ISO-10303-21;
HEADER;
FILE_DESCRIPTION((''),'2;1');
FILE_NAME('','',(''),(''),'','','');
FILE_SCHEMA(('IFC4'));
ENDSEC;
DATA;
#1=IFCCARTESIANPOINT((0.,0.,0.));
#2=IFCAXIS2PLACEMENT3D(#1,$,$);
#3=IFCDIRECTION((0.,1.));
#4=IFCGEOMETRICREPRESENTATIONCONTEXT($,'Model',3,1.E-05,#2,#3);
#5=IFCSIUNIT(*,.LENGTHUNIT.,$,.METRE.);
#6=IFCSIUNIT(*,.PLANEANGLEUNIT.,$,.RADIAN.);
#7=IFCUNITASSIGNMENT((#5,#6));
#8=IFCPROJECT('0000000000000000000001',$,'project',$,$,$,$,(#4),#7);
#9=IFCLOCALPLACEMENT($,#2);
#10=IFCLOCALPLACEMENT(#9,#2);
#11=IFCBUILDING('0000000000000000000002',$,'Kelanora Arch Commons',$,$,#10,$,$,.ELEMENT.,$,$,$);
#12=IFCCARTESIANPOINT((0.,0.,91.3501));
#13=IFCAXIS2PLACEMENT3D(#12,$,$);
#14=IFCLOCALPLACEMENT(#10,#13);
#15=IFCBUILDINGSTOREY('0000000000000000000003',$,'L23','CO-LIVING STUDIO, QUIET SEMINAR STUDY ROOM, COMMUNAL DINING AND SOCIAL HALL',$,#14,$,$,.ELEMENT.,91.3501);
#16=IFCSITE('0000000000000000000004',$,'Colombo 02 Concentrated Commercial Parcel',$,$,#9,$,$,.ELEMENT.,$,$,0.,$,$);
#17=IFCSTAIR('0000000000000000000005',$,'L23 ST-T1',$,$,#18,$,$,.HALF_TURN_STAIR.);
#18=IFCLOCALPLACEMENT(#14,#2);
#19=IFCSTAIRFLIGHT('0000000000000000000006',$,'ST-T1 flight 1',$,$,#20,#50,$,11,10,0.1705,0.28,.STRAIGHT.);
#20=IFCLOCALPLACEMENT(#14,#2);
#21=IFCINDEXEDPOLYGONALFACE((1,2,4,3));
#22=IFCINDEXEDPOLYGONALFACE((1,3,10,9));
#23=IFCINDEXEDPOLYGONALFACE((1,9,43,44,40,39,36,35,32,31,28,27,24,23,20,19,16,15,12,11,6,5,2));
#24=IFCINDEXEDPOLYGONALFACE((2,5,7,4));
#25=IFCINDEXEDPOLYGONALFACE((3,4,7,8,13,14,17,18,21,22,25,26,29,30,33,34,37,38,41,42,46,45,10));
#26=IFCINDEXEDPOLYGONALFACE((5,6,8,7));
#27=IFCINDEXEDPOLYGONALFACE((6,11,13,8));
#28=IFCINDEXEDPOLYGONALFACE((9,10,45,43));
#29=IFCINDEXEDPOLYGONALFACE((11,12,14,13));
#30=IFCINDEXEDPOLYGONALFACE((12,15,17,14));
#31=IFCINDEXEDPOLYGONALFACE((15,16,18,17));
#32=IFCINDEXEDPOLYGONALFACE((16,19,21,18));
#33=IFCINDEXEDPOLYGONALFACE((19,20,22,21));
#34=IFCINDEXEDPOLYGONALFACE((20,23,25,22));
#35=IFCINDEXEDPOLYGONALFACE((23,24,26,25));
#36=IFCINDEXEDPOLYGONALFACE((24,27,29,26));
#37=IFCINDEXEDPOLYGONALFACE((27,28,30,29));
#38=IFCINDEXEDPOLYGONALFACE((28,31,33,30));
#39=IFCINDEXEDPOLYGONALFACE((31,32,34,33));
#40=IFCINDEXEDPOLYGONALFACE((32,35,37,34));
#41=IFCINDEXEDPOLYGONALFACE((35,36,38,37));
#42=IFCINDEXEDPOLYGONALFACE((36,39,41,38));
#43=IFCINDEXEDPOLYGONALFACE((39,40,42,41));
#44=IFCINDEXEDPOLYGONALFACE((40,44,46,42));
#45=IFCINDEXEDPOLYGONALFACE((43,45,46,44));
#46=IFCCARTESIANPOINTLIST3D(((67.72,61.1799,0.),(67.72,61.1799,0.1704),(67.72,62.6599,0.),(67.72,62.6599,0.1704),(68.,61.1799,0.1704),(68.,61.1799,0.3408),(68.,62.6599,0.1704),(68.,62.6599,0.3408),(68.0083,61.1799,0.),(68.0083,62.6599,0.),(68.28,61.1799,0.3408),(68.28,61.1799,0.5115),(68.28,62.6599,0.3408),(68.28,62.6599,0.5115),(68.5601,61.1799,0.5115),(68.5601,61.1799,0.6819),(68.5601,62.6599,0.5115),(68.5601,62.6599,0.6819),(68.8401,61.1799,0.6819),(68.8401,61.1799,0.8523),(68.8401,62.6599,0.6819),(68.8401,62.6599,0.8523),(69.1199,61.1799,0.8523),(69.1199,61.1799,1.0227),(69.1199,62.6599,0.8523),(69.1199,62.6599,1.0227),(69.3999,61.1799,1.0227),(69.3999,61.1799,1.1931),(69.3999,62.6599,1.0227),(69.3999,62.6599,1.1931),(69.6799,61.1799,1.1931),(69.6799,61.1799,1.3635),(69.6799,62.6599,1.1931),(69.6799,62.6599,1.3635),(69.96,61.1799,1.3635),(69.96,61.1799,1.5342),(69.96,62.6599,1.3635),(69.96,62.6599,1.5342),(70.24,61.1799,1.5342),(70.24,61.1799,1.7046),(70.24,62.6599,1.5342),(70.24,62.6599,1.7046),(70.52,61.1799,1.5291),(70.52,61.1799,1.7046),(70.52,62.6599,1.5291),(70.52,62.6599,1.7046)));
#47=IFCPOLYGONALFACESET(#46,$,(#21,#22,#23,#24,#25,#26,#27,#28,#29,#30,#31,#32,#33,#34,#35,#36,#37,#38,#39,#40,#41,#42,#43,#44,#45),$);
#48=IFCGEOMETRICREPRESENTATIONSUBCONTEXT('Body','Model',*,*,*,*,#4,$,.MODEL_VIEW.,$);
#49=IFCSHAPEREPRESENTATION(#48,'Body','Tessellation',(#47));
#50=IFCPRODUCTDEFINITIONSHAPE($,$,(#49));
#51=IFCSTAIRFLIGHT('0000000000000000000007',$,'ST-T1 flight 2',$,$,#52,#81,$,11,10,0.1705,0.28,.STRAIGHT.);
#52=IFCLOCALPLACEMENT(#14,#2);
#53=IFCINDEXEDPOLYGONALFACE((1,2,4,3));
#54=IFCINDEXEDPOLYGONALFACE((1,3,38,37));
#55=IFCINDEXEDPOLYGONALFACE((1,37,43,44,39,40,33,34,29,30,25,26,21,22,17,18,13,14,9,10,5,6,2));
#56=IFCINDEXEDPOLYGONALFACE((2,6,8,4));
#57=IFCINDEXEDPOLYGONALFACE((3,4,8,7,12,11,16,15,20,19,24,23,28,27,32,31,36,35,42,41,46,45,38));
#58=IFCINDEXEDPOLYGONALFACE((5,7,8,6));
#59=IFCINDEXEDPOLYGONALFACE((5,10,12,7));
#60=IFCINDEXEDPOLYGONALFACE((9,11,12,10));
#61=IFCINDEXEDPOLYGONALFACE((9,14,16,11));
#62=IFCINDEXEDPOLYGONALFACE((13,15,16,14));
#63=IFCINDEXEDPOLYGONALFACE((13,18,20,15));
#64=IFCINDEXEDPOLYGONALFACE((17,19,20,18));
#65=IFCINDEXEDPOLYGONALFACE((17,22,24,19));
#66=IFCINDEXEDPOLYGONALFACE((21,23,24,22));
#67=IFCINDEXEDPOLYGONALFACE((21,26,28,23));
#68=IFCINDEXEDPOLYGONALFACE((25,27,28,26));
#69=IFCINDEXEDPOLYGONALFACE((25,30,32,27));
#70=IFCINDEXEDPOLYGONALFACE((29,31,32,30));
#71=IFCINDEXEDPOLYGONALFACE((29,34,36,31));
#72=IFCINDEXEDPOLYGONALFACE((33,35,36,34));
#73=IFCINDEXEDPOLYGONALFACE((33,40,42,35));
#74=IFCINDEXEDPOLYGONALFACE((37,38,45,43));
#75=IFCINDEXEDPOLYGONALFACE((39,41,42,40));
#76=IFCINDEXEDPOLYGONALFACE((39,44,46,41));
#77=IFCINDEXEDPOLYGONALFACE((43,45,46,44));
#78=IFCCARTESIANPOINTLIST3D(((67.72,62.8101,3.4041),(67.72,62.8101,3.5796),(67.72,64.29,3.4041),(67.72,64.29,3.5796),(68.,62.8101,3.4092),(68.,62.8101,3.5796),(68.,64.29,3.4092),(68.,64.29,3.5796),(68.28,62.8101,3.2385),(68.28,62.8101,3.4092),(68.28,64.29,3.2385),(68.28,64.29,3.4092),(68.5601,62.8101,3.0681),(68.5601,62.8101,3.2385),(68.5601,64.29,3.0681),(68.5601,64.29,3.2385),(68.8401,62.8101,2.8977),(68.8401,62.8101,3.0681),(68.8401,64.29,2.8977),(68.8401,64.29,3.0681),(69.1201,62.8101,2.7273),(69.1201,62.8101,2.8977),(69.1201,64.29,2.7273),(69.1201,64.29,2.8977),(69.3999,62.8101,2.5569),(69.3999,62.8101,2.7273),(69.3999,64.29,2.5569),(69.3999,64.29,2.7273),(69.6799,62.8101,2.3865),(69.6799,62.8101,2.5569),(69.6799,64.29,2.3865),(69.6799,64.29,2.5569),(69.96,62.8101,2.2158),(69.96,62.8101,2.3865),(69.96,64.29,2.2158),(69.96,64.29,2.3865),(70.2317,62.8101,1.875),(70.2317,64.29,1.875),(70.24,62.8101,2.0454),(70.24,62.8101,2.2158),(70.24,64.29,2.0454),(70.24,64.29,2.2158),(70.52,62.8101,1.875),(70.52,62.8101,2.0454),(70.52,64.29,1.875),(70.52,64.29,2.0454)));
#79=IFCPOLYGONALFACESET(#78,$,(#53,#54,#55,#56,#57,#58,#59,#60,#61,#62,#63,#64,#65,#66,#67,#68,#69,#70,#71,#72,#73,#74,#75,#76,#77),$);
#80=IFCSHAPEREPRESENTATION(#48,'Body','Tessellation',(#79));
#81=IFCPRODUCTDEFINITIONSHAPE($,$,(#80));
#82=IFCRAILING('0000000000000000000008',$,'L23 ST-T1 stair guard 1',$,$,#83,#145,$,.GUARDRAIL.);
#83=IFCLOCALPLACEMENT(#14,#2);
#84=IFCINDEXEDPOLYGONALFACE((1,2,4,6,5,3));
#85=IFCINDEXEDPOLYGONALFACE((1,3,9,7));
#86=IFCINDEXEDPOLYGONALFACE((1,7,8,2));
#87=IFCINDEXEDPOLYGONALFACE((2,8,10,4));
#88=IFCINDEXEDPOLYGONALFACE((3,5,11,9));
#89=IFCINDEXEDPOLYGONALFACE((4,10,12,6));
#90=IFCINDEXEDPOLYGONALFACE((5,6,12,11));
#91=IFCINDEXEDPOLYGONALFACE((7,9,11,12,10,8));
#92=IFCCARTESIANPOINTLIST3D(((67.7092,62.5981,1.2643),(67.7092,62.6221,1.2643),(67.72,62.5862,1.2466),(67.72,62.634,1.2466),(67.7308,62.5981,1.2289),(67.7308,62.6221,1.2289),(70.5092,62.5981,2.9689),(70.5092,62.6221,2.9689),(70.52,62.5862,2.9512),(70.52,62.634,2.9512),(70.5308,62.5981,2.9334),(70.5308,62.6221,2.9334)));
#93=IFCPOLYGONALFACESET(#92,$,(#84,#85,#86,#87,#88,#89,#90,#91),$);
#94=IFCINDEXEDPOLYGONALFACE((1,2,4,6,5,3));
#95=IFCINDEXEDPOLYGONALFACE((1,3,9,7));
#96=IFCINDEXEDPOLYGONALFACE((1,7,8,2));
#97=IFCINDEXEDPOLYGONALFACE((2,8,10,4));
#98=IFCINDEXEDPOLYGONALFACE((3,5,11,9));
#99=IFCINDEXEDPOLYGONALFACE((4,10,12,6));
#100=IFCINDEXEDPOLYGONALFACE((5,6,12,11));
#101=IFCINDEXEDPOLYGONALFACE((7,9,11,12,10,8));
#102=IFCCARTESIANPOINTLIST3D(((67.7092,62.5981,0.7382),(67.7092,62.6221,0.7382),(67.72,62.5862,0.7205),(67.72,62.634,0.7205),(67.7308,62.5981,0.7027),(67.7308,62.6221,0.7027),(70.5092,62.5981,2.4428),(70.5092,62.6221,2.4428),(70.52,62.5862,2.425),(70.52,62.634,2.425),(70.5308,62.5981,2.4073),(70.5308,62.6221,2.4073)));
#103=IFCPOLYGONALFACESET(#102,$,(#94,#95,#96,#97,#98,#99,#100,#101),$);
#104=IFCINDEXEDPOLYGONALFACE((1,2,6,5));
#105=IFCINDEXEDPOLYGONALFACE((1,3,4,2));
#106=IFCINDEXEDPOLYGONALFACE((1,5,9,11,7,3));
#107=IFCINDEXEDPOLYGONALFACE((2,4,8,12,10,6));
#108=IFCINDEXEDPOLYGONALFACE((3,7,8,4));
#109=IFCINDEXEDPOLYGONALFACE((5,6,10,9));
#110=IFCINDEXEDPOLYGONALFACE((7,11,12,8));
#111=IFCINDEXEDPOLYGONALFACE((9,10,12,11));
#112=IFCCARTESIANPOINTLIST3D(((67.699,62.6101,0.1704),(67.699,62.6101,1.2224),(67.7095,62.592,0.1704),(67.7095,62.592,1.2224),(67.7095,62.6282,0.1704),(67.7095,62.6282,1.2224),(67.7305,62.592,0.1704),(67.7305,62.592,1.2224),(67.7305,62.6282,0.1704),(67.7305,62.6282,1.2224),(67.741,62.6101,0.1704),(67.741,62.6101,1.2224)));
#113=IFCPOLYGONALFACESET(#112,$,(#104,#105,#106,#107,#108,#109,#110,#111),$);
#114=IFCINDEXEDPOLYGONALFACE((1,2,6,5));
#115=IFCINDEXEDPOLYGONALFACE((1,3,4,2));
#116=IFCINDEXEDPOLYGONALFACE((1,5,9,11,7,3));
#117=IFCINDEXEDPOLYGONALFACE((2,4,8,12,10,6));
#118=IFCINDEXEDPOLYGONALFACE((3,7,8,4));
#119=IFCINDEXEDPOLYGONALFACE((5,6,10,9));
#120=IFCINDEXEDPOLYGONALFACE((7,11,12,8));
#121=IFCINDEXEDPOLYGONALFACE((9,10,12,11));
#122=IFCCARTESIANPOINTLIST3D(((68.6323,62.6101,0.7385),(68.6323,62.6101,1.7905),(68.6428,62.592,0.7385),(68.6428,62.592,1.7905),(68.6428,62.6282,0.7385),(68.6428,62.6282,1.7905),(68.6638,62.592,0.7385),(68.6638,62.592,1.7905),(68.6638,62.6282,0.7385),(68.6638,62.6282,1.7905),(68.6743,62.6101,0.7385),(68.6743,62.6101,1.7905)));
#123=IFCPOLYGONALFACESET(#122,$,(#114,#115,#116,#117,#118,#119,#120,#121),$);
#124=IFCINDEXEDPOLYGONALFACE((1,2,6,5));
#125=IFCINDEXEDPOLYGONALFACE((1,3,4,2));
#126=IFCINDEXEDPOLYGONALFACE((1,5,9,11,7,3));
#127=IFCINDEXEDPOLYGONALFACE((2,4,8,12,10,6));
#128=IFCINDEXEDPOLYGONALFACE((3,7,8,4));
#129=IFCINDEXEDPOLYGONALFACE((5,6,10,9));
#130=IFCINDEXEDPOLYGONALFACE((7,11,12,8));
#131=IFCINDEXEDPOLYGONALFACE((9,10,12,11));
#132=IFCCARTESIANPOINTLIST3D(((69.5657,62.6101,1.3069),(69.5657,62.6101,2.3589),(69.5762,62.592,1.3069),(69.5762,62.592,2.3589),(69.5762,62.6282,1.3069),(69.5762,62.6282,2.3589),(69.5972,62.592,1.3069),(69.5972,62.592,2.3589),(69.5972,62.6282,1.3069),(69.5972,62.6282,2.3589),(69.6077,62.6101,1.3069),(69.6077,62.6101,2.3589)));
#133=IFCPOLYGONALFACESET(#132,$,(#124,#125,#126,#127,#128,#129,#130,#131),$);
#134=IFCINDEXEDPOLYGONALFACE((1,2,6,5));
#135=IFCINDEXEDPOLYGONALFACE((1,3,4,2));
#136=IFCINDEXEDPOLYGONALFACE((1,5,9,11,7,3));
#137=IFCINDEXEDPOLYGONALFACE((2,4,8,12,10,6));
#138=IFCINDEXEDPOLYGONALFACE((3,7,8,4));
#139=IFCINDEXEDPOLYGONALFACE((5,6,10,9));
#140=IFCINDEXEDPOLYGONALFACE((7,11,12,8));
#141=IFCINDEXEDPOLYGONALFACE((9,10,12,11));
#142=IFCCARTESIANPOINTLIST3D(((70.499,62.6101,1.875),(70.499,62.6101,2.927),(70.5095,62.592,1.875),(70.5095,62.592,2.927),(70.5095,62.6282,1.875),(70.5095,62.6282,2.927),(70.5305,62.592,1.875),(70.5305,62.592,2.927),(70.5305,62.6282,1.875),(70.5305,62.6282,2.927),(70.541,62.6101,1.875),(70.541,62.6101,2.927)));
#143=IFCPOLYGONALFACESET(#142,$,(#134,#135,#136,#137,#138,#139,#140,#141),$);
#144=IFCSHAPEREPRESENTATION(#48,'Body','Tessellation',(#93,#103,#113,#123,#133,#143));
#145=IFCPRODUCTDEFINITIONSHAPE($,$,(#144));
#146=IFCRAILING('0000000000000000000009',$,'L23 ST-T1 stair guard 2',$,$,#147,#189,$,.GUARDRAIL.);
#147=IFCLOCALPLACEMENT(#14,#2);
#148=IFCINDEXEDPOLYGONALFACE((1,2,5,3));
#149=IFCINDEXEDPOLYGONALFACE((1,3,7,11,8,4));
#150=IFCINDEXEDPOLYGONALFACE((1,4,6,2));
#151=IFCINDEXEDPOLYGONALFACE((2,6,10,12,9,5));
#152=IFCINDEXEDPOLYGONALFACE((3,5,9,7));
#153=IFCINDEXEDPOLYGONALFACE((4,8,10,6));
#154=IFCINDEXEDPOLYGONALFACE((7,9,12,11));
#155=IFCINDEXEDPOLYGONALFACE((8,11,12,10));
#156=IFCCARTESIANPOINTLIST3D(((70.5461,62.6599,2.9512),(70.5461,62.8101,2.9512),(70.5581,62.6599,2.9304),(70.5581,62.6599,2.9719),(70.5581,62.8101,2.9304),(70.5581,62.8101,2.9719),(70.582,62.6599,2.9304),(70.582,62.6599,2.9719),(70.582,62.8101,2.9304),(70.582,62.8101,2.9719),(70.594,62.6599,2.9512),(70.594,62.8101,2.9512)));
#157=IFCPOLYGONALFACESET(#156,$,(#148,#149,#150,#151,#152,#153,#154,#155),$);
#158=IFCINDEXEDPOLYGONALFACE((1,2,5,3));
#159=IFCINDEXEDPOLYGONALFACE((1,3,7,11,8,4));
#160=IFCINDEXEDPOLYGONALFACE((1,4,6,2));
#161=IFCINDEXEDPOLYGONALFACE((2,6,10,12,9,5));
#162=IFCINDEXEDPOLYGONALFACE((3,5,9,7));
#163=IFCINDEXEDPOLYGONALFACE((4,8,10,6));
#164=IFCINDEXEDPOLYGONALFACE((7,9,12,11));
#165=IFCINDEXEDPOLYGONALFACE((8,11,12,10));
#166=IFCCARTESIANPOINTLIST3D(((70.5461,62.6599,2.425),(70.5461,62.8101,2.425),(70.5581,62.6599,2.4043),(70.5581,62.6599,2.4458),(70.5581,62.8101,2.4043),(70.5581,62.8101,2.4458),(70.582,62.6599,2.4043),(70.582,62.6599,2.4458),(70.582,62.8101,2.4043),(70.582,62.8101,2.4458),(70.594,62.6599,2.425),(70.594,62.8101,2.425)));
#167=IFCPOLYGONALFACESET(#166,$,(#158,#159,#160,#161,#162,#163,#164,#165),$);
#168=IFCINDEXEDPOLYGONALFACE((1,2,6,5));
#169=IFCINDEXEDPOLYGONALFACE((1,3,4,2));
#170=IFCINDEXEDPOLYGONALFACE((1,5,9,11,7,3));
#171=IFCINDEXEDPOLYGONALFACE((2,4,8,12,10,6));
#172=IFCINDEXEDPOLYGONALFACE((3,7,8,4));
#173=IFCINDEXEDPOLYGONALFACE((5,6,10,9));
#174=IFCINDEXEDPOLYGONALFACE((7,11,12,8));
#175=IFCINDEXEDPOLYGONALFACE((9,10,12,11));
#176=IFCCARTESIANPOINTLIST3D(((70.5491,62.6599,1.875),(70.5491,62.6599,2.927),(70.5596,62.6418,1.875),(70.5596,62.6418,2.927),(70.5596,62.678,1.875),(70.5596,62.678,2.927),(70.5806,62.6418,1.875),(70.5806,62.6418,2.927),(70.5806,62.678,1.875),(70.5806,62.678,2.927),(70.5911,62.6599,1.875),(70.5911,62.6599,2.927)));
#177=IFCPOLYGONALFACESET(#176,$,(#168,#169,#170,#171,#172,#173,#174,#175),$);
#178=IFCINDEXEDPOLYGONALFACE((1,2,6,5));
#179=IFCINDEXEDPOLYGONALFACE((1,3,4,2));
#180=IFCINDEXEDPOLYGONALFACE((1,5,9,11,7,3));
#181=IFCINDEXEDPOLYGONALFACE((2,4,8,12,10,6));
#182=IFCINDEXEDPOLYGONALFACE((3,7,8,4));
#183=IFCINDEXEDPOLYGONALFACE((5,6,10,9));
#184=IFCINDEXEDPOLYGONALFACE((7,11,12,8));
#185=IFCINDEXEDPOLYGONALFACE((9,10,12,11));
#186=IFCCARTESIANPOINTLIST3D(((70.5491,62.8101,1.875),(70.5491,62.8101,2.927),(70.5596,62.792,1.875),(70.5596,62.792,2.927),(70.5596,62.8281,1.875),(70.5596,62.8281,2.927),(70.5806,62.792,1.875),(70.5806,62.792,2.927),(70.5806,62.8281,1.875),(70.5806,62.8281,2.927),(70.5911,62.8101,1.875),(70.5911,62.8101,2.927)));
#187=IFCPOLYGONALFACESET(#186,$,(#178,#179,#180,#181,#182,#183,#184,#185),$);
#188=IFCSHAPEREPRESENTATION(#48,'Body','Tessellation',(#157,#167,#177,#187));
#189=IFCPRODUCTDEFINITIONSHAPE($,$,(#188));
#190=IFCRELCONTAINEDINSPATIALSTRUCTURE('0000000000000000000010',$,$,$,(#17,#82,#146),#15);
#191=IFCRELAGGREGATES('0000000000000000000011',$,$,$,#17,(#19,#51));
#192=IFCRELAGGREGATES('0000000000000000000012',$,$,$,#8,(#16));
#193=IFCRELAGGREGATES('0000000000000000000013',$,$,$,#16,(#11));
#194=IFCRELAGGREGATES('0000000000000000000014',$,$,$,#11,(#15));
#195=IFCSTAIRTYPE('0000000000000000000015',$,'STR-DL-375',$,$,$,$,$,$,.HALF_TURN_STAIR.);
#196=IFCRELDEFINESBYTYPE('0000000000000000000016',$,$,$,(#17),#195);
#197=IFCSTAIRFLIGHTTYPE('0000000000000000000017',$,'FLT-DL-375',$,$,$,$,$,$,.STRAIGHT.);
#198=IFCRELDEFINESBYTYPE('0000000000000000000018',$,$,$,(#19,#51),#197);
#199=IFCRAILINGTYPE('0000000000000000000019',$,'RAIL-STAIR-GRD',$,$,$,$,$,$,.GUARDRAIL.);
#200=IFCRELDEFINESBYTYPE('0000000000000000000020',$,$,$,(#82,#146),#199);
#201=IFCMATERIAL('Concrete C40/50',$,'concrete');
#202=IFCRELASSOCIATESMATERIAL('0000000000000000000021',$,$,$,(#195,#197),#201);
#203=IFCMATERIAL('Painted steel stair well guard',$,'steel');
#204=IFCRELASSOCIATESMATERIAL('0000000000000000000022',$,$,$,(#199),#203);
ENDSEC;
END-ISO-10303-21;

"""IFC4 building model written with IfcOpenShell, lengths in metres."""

from ifc_helpers import new_model, si_unit, direction, frame, origin, place, context, subcontext, project, spatial, polyline, outline, extrude, material, type_object, element, aggregate, save


model = new_model("IFC4")

# Units and contexts
model_context = context("Model", 3, precision=1e-05, world=origin(), true_north=direction((0.0, 1.0)))
body_context = subcontext(model_context, "Body", "Model", "MODEL_VIEW")
ifc_project = project(units=[si_unit("LENGTHUNIT", "METRE"), si_unit("PLANEANGLEUNIT", "RADIAN")], contexts=[model_context])

# Site, building, storey
site_placement = place(None, origin())
site = spatial("IfcSite", under=ifc_project, at=site_placement, Name="Colombo 02 Concentrated Commercial Parcel", CompositionType="ELEMENT", RefElevation=0.0)
building_placement = place(site_placement, origin())
building = spatial("IfcBuilding", under=site, at=building_placement, Name="Kelanora Arch Commons", CompositionType="ELEMENT")
storey_placement = place(building_placement, frame((0.0, 0.0, 91.3501)))
storey = spatial("IfcBuildingStorey", under=building, at=storey_placement, Name="L23", Description="CO-LIVING STUDIO, QUIET SEMINAR STUDY ROOM, COMMUNAL DINING AND SOCIAL HALL", CompositionType="ELEMENT", Elevation=91.3501)

# Shared definitions
ifc_material_1 = material(Name="Concrete C40/50", Category="concrete")

# Stair, stair flights
stair_type = type_object("IfcStairType", Name="STR-DL-375", PredefinedType="HALF_TURN_STAIR", material=ifc_material_1)
stair_placement = place(storey_placement, origin())
stair = element("IfcStair", 1, at=stair_placement, inside=storey, type_object=stair_type, Name="L23 ST-T1", PredefinedType="HALF_TURN_STAIR")
stair_flight_type = type_object("IfcStairFlightType", Name="FLT-DL-375", PredefinedType="STRAIGHT", material=ifc_material_1)
stair_flight_1_placement = place(storey_placement, frame((67.72, 61.9199, 0.0), z_axis=(0.0, 0.0, 1.0), x_axis=(1.0, 0.0, 0.0)))
stair_flight_1 = element("IfcStairFlight", 2, at=stair_flight_1_placement, type_object=stair_flight_type, Name="ST-T1 flight 1", NumberOfRisers=11, NumberOfTreads=10, PredefinedType="STRAIGHT", RiserHeight=0.1705, TreadLength=0.28, context=body_context, shape_type="SweptSolid", body=[
    extrude(outline(polyline([(0.0, 0.0), (0.0, 0.1704), (0.28, 0.1704), (0.28, 0.3408), (0.5601, 0.3408), (0.5601, 0.5115), (0.8401, 0.5115), (0.8401, 0.6819), (1.1201, 0.6819), (1.1201, 0.8523), (1.3999, 0.8523), (1.3999, 1.0227), (1.6799, 1.0227), (1.6799, 1.1931), (1.96, 1.1931), (1.96, 1.3635), (2.24, 1.3635), (2.24, 1.5342), (2.52, 1.5342), (2.52, 1.7046), (2.8, 1.7046), (2.8, 1.875), (2.8, 1.5291), (0.2883, 0.0), (0.0, 0.0)])), frame((0.0, 0.74, 0.0), z_axis=(0.0, -1.0, 0.0), x_axis=(1.0, 0.0, 0.0)), (0.0, 0.0, 1.0), 1.48),
])
stair_flight_2_placement = place(storey_placement, frame((70.52, 63.55, 1.875), z_axis=(0.0, 0.0, 1.0), x_axis=(-1.0, 0.0, 0.0)))
stair_flight_2 = element("IfcStairFlight", 3, at=stair_flight_2_placement, type_object=stair_flight_type, Name="ST-T1 flight 2", NumberOfRisers=11, NumberOfTreads=10, PredefinedType="STRAIGHT", RiserHeight=0.1705, TreadLength=0.28, context=body_context, shape_type="SweptSolid", body=[
    extrude(outline(polyline([(0.0, 0.0), (0.0, 0.1704), (0.28, 0.1704), (0.28, 0.3408), (0.5601, 0.3408), (0.5601, 0.5115), (0.8401, 0.5115), (0.8401, 0.6819), (1.1201, 0.6819), (1.1201, 0.8523), (1.3999, 0.8523), (1.3999, 1.0227), (1.6799, 1.0227), (1.6799, 1.1931), (1.96, 1.1931), (1.96, 1.3635), (2.24, 1.3635), (2.24, 1.5342), (2.52, 1.5342), (2.52, 1.7046), (2.8, 1.7046), (2.8, 1.875), (2.8, 1.5291), (0.2883, 0.0), (0.0, 0.0)])), frame((0.0, 0.74, 0.0), z_axis=(0.0, -1.0, 0.0), x_axis=(1.0, 0.0, 0.0)), (0.0, 0.0, 1.0), 1.48),
])
aggregate(stair, [stair_flight_1, stair_flight_2])

# Railings
ifc_material_2 = material(Name="Painted steel stair well guard", Category="steel")
railing_type_1 = type_object("IfcRailingType", Name="RAIL-STAIR-GRD", PredefinedType="GUARDRAIL", material=ifc_material_2)
railing_1_placement = place(storey_placement, frame((67.72, 62.6101, 0.1704)))
element("IfcRailing", 4, at=railing_1_placement, inside=storey, type_object=railing_type_1, Name="L23 ST-T1 stair guard 1", PredefinedType="GUARDRAIL", context=body_context, shape_type="SweptSolid", body=[
    extrude(outline(polyline([(0.0239, 0.0), (0.012, 0.0208), (-0.012, 0.0208), (-0.0239, 0.0), (-0.012, -0.0208), (0.012, -0.0208), (0.0239, 0.0)])), frame((0.0, 0.0, 1.0762), z_axis=(0.85417, 0.0, 0.519994), x_axis=(0.0, 1.0, 0.0)), (0.0, 0.0, 1.0), 3.2781),
    extrude(outline(polyline([(0.0239, 0.0), (0.012, 0.0208), (-0.012, 0.0208), (-0.0239, 0.0), (-0.012, -0.0208), (0.012, -0.0208), (0.0239, 0.0)])), frame((0.0, 0.0, 0.55), z_axis=(0.85417, 0.0, 0.519994), x_axis=(0.0, 1.0, 0.0)), (0.0, 0.0, 1.0), 3.2781),
    extrude(outline(polyline([(0.021, 0.0), (0.0105, 0.0181), (-0.0105, 0.0181), (-0.021, 0.0), (-0.0105, -0.0181), (0.0105, -0.0181), (0.021, 0.0)])), origin(), (0.0, 0.0, 1.0), 1.052),
    extrude(outline(polyline([(0.021, 0.0), (0.0105, 0.0181), (-0.0105, 0.0181), (-0.021, 0.0), (-0.0105, -0.0181), (0.0105, -0.0181), (0.021, 0.0)])), frame((0.9333, 0.0, 0.5681)), (0.0, 0.0, 1.0), 1.052),
    extrude(outline(polyline([(0.021, 0.0), (0.0105, 0.0181), (-0.0105, 0.0181), (-0.021, 0.0), (-0.0105, -0.0181), (0.0105, -0.0181), (0.021, 0.0)])), frame((1.8667, 0.0, 1.1365)), (0.0, 0.0, 1.0), 1.052),
    extrude(outline(polyline([(0.021, 0.0), (0.0105, 0.0181), (-0.0105, 0.0181), (-0.021, 0.0), (-0.0105, -0.0181), (0.0105, -0.0181), (0.021, 0.0)])), frame((2.8, 0.0, 1.7046)), (0.0, 0.0, 1.0), 1.052),
])
railing_2_placement = place(storey_placement, frame((70.5701, 62.6599, 1.875)))
element("IfcRailing", 5, at=railing_2_placement, inside=storey, type_object=railing_type_1, Name="L23 ST-T1 stair guard 2", PredefinedType="GUARDRAIL", context=body_context, shape_type="SweptSolid", body=[
    extrude(outline(polyline([(0.0239, 0.0), (0.012, 0.0208), (-0.012, 0.0208), (-0.0239, 0.0), (-0.012, -0.0208), (0.012, -0.0208), (0.0239, 0.0)])), frame((0.0, 0.0, 1.0762), z_axis=(0.0, 1.0, 0.0), x_axis=(-1.0, 0.0, 0.0)), (0.0, 0.0, 1.0), 0.1501),
    extrude(outline(polyline([(0.0239, 0.0), (0.012, 0.0208), (-0.012, 0.0208), (-0.0239, 0.0), (-0.012, -0.0208), (0.012, -0.0208), (0.0239, 0.0)])), frame((0.0, 0.0, 0.55), z_axis=(0.0, 1.0, 0.0), x_axis=(-1.0, 0.0, 0.0)), (0.0, 0.0, 1.0), 0.1501),
    extrude(outline(polyline([(0.021, 0.0), (0.0105, 0.0181), (-0.0105, 0.0181), (-0.021, 0.0), (-0.0105, -0.0181), (0.0105, -0.0181), (0.021, 0.0)])), origin(), (0.0, 0.0, 1.0), 1.052),
    extrude(outline(polyline([(0.021, 0.0), (0.0105, 0.0181), (-0.0105, 0.0181), (-0.021, 0.0), (-0.0105, -0.0181), (0.0105, -0.0181), (0.021, 0.0)])), frame((0.0, 0.1501, 0.0)), (0.0, 0.0, 1.0), 1.052),
])

save(model, "model.ifc")
